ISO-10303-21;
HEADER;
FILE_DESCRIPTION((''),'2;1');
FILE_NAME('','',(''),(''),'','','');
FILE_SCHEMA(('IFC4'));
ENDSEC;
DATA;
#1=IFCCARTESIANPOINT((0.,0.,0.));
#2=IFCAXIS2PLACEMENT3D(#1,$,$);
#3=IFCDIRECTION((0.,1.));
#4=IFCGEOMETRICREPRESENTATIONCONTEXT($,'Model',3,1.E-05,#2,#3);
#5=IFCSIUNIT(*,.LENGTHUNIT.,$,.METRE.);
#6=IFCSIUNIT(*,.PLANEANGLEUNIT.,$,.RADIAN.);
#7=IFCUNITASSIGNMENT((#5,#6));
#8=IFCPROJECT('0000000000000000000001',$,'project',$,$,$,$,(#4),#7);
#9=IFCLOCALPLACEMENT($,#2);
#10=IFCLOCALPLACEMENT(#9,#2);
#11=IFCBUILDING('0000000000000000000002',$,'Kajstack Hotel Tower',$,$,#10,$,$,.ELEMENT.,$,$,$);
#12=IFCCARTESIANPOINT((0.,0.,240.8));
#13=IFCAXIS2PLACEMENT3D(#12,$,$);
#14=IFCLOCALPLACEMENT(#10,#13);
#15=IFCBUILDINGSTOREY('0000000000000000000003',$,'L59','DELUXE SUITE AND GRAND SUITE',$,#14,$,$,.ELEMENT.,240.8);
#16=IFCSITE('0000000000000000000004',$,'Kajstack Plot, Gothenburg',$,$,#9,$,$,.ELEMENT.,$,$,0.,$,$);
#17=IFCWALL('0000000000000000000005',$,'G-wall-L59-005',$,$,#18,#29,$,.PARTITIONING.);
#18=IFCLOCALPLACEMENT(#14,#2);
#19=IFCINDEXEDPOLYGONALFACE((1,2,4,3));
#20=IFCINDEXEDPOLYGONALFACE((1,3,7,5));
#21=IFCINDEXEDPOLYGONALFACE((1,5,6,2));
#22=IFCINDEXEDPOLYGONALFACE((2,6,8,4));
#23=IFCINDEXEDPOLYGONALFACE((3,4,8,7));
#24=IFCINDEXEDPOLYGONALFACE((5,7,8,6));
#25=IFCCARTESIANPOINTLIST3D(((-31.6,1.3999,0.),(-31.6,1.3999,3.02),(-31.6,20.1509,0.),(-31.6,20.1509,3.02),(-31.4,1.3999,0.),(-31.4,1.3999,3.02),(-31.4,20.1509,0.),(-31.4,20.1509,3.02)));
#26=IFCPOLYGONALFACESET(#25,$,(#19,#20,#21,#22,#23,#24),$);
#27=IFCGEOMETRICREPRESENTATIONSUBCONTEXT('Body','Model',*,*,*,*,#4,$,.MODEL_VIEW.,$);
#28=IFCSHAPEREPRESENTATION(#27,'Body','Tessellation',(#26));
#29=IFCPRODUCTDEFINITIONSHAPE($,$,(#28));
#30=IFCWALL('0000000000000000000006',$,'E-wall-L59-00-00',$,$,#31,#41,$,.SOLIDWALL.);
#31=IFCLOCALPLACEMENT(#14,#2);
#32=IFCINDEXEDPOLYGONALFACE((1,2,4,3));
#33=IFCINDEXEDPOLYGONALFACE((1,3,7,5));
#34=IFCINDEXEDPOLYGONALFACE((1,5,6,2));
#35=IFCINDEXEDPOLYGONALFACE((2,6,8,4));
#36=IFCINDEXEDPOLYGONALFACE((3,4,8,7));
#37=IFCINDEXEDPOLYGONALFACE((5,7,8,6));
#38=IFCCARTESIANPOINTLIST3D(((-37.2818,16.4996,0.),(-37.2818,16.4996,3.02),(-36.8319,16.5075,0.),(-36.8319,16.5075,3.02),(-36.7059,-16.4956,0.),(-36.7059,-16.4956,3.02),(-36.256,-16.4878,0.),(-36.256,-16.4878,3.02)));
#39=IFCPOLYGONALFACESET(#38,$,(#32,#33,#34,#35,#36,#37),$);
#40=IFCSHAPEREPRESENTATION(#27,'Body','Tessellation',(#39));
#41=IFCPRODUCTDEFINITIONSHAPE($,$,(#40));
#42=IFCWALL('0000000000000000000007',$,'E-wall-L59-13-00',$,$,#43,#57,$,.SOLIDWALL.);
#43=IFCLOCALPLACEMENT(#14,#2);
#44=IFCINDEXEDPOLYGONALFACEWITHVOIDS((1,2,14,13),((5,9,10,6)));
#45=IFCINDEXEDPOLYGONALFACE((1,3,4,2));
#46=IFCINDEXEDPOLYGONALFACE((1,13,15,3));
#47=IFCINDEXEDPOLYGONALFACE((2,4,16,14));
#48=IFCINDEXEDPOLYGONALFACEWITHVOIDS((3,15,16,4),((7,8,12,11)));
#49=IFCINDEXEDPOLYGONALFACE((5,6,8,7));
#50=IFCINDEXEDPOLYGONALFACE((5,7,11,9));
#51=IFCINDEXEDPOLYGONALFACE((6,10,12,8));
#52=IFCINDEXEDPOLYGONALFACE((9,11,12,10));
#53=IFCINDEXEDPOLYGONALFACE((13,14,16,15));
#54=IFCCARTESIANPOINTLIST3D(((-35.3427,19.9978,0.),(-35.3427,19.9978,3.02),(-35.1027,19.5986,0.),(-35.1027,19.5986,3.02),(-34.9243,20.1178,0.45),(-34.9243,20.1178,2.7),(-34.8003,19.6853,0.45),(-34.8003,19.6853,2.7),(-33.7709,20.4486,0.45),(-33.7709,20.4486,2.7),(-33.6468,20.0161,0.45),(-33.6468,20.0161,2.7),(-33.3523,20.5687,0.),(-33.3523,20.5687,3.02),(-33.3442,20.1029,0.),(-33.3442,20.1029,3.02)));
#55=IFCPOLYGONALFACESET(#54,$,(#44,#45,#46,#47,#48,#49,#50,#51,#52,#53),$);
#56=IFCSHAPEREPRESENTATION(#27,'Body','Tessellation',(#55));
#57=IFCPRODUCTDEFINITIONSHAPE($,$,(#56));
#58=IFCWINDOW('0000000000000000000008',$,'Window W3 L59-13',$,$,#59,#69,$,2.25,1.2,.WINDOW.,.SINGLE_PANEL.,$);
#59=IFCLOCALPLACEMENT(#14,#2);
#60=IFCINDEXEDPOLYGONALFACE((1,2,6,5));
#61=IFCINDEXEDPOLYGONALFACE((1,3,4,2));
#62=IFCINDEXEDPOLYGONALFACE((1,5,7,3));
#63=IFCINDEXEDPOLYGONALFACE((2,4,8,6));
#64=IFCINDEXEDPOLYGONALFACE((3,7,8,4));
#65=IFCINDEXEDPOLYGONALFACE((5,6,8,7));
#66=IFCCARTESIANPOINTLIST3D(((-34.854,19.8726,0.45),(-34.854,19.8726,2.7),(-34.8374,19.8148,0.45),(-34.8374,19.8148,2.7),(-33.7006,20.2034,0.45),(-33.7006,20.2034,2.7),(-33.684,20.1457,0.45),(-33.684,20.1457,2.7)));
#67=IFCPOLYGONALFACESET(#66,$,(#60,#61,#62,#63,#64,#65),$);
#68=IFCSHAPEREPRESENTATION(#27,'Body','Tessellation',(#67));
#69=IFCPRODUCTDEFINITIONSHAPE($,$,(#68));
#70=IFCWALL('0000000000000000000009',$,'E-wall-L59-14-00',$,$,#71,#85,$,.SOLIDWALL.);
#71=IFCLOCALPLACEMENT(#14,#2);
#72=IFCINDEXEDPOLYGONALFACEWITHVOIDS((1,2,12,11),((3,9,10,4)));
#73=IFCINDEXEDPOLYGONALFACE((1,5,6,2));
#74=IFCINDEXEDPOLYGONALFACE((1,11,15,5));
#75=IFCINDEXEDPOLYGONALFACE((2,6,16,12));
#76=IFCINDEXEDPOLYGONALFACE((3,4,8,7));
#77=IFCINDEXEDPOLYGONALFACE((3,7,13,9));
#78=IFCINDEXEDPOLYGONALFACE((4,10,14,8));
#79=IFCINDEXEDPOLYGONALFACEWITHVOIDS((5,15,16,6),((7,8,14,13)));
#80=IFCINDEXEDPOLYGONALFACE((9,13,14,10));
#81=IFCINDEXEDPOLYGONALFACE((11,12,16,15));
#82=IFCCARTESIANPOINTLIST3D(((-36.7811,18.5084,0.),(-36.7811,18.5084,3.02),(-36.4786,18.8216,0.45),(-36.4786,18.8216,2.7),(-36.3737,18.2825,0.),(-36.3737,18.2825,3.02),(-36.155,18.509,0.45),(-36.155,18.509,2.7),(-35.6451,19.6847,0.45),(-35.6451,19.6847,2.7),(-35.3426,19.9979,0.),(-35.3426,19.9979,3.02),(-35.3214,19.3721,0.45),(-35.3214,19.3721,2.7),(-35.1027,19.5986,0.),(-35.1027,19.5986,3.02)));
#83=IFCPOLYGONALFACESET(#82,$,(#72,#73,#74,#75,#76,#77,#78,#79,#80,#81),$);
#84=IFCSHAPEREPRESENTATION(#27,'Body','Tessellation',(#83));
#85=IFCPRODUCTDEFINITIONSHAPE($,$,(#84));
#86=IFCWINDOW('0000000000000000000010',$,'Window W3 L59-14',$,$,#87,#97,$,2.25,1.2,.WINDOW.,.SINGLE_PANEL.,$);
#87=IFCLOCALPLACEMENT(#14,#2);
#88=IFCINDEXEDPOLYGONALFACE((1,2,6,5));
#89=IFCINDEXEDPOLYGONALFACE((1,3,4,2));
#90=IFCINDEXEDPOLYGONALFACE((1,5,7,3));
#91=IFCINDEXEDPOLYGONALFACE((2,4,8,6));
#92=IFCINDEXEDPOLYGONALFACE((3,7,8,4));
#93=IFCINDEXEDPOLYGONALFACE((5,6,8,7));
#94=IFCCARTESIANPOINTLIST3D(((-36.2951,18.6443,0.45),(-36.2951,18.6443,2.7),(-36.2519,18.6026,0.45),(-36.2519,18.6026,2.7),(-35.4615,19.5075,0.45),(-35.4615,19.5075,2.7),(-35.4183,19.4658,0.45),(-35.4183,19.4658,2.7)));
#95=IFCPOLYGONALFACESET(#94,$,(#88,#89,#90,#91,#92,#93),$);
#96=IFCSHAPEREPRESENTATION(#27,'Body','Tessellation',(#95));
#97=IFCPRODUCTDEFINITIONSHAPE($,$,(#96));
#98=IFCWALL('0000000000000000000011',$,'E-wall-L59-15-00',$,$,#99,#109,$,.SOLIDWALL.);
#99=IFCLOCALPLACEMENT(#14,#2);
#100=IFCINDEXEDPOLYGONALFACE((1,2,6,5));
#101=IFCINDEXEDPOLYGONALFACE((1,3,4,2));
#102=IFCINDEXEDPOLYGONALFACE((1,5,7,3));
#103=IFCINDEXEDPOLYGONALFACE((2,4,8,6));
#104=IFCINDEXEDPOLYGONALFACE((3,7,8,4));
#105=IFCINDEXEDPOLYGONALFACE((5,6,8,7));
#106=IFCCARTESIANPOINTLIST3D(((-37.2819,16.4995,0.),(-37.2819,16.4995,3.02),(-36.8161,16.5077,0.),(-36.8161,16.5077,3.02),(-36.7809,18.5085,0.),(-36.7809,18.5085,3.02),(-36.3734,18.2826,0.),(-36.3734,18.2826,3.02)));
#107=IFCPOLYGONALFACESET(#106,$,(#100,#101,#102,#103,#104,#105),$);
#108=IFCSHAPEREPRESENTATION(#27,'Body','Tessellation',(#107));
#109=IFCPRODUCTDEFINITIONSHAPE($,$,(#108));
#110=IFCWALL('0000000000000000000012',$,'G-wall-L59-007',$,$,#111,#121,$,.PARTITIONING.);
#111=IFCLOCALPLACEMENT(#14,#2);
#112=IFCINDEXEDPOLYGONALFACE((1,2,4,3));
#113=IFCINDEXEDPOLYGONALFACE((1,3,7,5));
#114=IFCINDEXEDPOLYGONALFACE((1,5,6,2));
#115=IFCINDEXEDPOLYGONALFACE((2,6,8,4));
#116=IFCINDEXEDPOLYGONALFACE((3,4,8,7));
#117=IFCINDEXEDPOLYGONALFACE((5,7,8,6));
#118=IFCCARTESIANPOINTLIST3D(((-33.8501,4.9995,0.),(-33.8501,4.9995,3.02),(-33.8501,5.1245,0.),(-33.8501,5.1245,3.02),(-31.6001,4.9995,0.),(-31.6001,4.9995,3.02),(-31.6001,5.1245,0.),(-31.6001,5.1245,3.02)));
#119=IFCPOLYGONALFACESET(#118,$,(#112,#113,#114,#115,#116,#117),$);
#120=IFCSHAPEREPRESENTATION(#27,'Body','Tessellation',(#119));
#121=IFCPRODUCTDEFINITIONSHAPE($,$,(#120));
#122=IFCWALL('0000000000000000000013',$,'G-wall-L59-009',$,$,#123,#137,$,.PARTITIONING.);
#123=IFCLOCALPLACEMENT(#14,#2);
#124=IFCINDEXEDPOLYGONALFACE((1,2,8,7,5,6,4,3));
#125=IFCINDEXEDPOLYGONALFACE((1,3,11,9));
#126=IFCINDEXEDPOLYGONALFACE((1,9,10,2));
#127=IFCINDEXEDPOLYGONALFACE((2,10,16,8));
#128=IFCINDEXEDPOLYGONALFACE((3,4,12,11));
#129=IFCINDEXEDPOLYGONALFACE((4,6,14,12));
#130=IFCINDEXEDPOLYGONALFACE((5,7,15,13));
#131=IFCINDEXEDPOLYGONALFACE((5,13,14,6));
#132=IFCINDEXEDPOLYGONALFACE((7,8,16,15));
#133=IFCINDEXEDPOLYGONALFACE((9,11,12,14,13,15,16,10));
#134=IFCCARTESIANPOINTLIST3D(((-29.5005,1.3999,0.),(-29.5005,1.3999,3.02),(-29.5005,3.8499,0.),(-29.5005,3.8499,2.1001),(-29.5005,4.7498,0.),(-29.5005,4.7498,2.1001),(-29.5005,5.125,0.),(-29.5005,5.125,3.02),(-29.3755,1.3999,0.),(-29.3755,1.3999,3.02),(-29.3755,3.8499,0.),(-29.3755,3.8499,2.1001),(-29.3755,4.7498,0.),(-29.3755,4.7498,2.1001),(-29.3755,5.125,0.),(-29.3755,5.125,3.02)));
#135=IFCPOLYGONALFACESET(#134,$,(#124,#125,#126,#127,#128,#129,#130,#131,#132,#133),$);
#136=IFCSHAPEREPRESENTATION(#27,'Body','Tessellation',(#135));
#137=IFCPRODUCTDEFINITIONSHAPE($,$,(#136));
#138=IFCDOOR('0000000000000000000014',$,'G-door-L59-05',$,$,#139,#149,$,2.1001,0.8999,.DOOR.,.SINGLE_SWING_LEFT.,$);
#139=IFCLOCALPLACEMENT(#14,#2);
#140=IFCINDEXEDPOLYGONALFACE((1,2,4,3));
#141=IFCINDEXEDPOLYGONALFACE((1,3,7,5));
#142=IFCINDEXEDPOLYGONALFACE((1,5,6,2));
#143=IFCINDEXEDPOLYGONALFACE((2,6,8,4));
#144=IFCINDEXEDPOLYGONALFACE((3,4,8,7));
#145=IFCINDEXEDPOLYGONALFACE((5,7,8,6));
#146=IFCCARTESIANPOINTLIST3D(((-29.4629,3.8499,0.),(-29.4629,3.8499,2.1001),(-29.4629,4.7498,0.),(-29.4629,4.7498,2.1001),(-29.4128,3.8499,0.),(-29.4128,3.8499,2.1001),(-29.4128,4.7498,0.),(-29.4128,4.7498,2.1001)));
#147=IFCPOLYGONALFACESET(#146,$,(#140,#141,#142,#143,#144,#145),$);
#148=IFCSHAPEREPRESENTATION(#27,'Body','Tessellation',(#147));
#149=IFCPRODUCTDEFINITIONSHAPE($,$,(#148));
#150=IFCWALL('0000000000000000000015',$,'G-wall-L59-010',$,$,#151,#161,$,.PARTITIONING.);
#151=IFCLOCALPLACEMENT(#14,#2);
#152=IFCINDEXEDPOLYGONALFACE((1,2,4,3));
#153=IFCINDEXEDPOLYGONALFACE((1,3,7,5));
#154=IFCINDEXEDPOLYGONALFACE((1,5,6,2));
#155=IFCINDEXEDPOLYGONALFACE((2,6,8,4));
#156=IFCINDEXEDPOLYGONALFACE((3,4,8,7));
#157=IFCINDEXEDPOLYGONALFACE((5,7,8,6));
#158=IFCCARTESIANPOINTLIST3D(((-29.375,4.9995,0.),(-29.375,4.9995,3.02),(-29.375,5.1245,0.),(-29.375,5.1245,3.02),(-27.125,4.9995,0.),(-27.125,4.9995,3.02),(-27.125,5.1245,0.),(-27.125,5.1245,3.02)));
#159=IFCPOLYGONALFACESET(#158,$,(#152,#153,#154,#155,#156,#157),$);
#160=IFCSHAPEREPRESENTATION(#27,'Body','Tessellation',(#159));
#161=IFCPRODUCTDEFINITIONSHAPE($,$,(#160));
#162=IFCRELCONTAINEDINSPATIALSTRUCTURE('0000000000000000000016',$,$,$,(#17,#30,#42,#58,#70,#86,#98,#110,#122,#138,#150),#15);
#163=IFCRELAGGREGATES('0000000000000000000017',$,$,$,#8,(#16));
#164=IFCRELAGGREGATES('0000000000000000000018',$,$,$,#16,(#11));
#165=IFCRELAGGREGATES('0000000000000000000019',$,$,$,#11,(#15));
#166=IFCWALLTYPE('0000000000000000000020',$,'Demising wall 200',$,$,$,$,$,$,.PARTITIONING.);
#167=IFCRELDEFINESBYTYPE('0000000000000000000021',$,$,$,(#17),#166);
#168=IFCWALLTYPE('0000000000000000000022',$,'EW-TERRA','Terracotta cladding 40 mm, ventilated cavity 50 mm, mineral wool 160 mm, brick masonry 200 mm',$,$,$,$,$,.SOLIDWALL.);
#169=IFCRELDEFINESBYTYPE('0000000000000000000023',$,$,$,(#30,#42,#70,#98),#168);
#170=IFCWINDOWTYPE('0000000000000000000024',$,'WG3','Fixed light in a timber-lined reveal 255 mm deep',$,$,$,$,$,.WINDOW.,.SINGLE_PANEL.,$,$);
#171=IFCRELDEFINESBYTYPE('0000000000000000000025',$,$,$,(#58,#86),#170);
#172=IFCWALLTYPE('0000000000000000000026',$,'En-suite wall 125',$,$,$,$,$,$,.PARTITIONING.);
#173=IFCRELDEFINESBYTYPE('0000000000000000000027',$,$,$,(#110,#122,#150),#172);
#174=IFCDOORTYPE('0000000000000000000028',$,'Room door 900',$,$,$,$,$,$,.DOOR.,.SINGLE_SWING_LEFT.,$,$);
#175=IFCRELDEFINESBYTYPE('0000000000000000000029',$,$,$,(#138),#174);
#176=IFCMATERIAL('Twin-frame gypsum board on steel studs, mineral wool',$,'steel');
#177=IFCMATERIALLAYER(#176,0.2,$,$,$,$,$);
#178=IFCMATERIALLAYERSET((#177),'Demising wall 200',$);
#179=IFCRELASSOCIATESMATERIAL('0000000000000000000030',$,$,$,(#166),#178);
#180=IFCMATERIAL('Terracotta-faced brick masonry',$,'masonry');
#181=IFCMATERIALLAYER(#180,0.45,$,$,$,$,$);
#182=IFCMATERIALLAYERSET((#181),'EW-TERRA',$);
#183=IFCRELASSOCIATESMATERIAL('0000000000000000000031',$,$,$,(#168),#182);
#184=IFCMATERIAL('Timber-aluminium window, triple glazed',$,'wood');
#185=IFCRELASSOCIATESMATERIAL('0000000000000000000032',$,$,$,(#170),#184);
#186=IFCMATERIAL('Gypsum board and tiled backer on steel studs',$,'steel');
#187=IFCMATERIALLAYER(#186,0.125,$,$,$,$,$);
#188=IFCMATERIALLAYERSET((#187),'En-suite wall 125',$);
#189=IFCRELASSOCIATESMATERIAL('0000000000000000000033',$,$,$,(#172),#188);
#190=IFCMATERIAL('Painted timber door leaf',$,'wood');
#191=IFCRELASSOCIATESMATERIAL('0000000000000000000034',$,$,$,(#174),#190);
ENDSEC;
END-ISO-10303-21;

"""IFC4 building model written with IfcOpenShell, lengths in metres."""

from ifc_helpers import new_model, si_unit, direction, frame, frame_2d, origin, place, context, subcontext, project, spatial, polyline, rectangle, outline, extrude, material, layer, layer_set, type_object, element, fill, save


model = new_model("IFC4")

# Units and contexts
model_context = context("Model", 3, precision=1e-05, world=origin(), true_north=direction((0.0, 1.0)))
body_context = subcontext(model_context, "Body", "Model", "MODEL_VIEW")
ifc_project = project(units=[si_unit("LENGTHUNIT", "METRE"), si_unit("PLANEANGLEUNIT", "RADIAN")], contexts=[model_context])

# Site, building, storey
site_placement = place(None, origin())
site = spatial("IfcSite", under=ifc_project, at=site_placement, Name="Kajstack Plot, Gothenburg", CompositionType="ELEMENT", RefElevation=0.0)
building_placement = place(site_placement, origin())
building = spatial("IfcBuilding", under=site, at=building_placement, Name="Kajstack Hotel Tower", CompositionType="ELEMENT")
storey_placement = place(building_placement, frame((0.0, 0.0, 240.8)))
storey = spatial("IfcBuildingStorey", under=building, at=storey_placement, Name="L59", Description="DELUXE SUITE AND GRAND SUITE", CompositionType="ELEMENT", Elevation=240.8)

# Walls
ifc_material_1 = material(Name="Twin-frame gypsum board on steel studs, mineral wool", Category="steel")
ifc_layer_1 = layer(ifc_material_1, 0.2)
ifc_layer_set_1 = layer_set([ifc_layer_1], Name="Demising wall 200")
wall_type_1 = type_object("IfcWallType", Name="Demising wall 200", PredefinedType="PARTITIONING", material=ifc_layer_set_1)
wall_1_placement = place(storey_placement, frame((-31.5, 1.3999, 0.0), z_axis=(0.0, 0.0, 1.0), x_axis=(0.0, 1.0, 0.0)))
element("IfcWall", 1, at=wall_1_placement, inside=storey, type_object=wall_type_1, Name="G-wall-L59-005", PredefinedType="PARTITIONING", context=body_context, shape_type="SweptSolid", body=[
    extrude(rectangle(XDim=18.751, YDim=0.2, at=frame_2d((9.3755, 0.0))), origin(), (0.0, 0.0, 1.0), 3.02),
])
ifc_material_2 = material(Name="Terracotta-faced brick masonry", Category="masonry")
ifc_layer_2 = layer(ifc_material_2, 0.45)
ifc_layer_set_2 = layer_set([ifc_layer_2], Name="EW-TERRA")
wall_type_2 = type_object("IfcWallType", Name="EW-TERRA", Description="Terracotta cladding 40 mm, ventilated cavity 50 mm, mineral wool 160 mm, brick masonry 200 mm", PredefinedType="SOLIDWALL", material=ifc_layer_set_2)
wall_2_placement = place(storey_placement, frame((-37.0569, 16.5034, 0.0), z_axis=(0.0, 0.0, 1.0), x_axis=(0.017452, -0.999848, 0.0)))
element("IfcWall", 2, at=wall_2_placement, inside=storey, type_object=wall_type_2, Name="E-wall-L59-00-00", PredefinedType="SOLIDWALL", context=body_context, shape_type="SweptSolid", body=[
    extrude(rectangle(XDim=33.0002, YDim=0.45, at=frame_2d((16.5, 0.0))), origin(), (0.0, 0.0, 1.0), 3.02),
])

# Walls, openings, windows
wall_3_placement = place(storey_placement, frame((-33.2903, 20.3523, 0.0), z_axis=(0.0, 0.0, 1.0), x_axis=(-0.961248, -0.275687, 0.0)))
wall_3 = element("IfcWall", 3, at=wall_3_placement, inside=storey, type_object=wall_type_2, Name="E-wall-L59-13-00", PredefinedType="SOLIDWALL", context=body_context, shape_type="SweptSolid", body=[
    extrude(outline(polyline([(0.0, -0.2251), (2.0706, -0.2251), (1.95, 0.2249), (0.1206, 0.2249), (0.0, -0.2251)])), origin(), (0.0, 0.0, 1.0), 3.02),
])
opening_1_placement = place(wall_3_placement, frame((0.4353, 0.0, 0.45)))
opening_1 = element("IfcOpeningElement", 4, at=opening_1_placement, cuts=wall_3, PredefinedType="OPENING", context=body_context, shape_type="SweptSolid", body=[
    extrude(rectangle(XDim=1.2, YDim=2.25, at=frame_2d((0.6001, 1.125))), frame((0.0, 0.2349, 0.0), z_axis=(0.0, -1.0, 0.0), x_axis=(1.0, 0.0, 0.0)), (0.0, 0.0, 1.0), 0.47),
])
ifc_material_3 = material(Name="Timber-aluminium window, triple glazed", Category="wood")
window_type = type_object("IfcWindowType", Name="WG3", Description="Fixed light in a timber-lined reveal 255 mm deep", PartitioningType="SINGLE_PANEL", PredefinedType="WINDOW", material=ifc_material_3)
window_1_placement = place(opening_1_placement, origin())
window_1 = element("IfcWindow", 5, at=window_1_placement, inside=storey, type_object=window_type, Name="Window W3 L59-13", OverallHeight=2.25, OverallWidth=1.2, PartitioningType="SINGLE_PANEL", PredefinedType="WINDOW", context=body_context, shape_type="SweptSolid", body=[
    extrude(rectangle(XDim=1.2, YDim=2.25, at=frame_2d((0.6001, 1.125))), frame((0.0, 0.0901, 0.0), z_axis=(0.0, -1.0, 0.0), x_axis=(1.0, 0.0, 0.0)), (0.0, 0.0, 1.0), 0.0601),
])
fill(opening_1, window_1)
wall_4_placement = place(storey_placement, frame((-35.1807, 19.8416, 0.0), z_axis=(0.0, 0.0, 1.0), x_axis=(-0.694679, -0.71932, 0.0)))
wall_4 = element("IfcWall", 6, at=wall_4_placement, inside=storey, type_object=wall_type_2, Name="E-wall-L59-14-00", PredefinedType="SOLIDWALL", context=body_context, shape_type="SweptSolid", body=[
    extrude(outline(polyline([(0.0, -0.2251), (2.0708, -0.2251), (1.9502, 0.2249), (0.1206, 0.2249), (0.0, -0.2251)])), origin(), (0.0, 0.0, 1.0), 3.02),
])
opening_2_placement = place(wall_4_placement, frame((0.4353, 0.0, 0.45)))
opening_2 = element("IfcOpeningElement", 7, at=opening_2_placement, cuts=wall_4, PredefinedType="OPENING", context=body_context, shape_type="SweptSolid", body=[
    extrude(rectangle(XDim=1.2, YDim=2.25, at=frame_2d((0.6001, 1.125))), frame((0.0, 0.2349, 0.0), z_axis=(0.0, -1.0, 0.0), x_axis=(1.0, 0.0, 0.0)), (0.0, 0.0, 1.0), 0.47),
])
window_2_placement = place(opening_2_placement, origin())
window_2 = element("IfcWindow", 8, at=window_2_placement, inside=storey, type_object=window_type, Name="Window W3 L59-14", OverallHeight=2.25, OverallWidth=1.2, PartitioningType="SINGLE_PANEL", PredefinedType="WINDOW", context=body_context, shape_type="SweptSolid", body=[
    extrude(rectangle(XDim=1.2, YDim=2.25, at=frame_2d((0.6001, 1.125))), frame((0.0, 0.0901, 0.0), z_axis=(0.0, -1.0, 0.0), x_axis=(1.0, 0.0, 0.0)), (0.0, 0.0, 1.0), 0.0601),
])
fill(opening_2, window_2)

# Walls
wall_5_placement = place(storey_placement, frame((-36.5627, 18.4539, 0.0), z_axis=(0.0, 0.0, 1.0), x_axis=(-0.24187, -0.970309, 0.0)))
element("IfcWall", 9, at=wall_5_placement, inside=storey, type_object=wall_type_2, Name="E-wall-L59-15-00", PredefinedType="SOLIDWALL", context=body_context, shape_type="SweptSolid", body=[
    extrude(outline(polyline([(-0.0002, -0.2249), (2.0703, -0.2251), (1.9497, 0.2249), (0.1204, 0.2251), (-0.0002, -0.2249)])), origin(), (0.0, 0.0, 1.0), 3.02),
])
ifc_material_4 = material(Name="Gypsum board and tiled backer on steel studs", Category="steel")
ifc_layer_3 = layer(ifc_material_4, 0.125)
ifc_layer_set_3 = layer_set([ifc_layer_3], Name="En-suite wall 125")
wall_type_3 = type_object("IfcWallType", Name="En-suite wall 125", PredefinedType="PARTITIONING", material=ifc_layer_set_3)
wall_6_placement = place(storey_placement, frame((-33.8501, 5.062, 0.0), z_axis=(0.0, 0.0, 1.0), x_axis=(1.0, 0.0, 0.0)))
element("IfcWall", 10, at=wall_6_placement, inside=storey, type_object=wall_type_3, Name="G-wall-L59-007", PredefinedType="PARTITIONING", context=body_context, shape_type="SweptSolid", body=[
    extrude(rectangle(XDim=2.25, YDim=0.125, at=frame_2d((1.125, 0.0))), origin(), (0.0, 0.0, 1.0), 3.02),
])

# Wall, opening, door
wall_7_placement = place(storey_placement, frame((-29.438, 1.3999, 0.0), z_axis=(0.0, 0.0, 1.0), x_axis=(0.0, 1.0, 0.0)))
wall_7 = element("IfcWall", 11, at=wall_7_placement, inside=storey, type_object=wall_type_3, Name="G-wall-L59-009", PredefinedType="PARTITIONING", context=body_context, shape_type="SweptSolid", body=[
    extrude(rectangle(XDim=3.7251, YDim=0.125, at=frame_2d((1.8625, 0.0))), origin(), (0.0, 0.0, 1.0), 3.02),
])
opening_3_placement = place(wall_7_placement, frame((2.45, 0.0, 0.0)))
opening_3 = element("IfcOpeningElement", 12, at=opening_3_placement, cuts=wall_7, PredefinedType="OPENING", context=body_context, shape_type="SweptSolid", body=[
    extrude(rectangle(XDim=0.8999, YDim=2.1001, at=frame_2d((0.45, 1.05))), frame((0.0, 0.0725, 0.0), z_axis=(0.0, -1.0, 0.0), x_axis=(1.0, 0.0, 0.0)), (0.0, 0.0, 1.0), 0.145),
])
ifc_material_5 = material(Name="Painted timber door leaf", Category="wood")
door_type_1 = type_object("IfcDoorType", Name="Room door 900", OperationType="SINGLE_SWING_LEFT", PredefinedType="DOOR", material=ifc_material_5)
door_1_placement = place(opening_3_placement, origin())
door_1 = element("IfcDoor", 13, at=door_1_placement, inside=storey, type_object=door_type_1, Name="G-door-L59-05", OperationType="SINGLE_SWING_LEFT", OverallHeight=2.1001, OverallWidth=0.8999, PredefinedType="DOOR", context=body_context, shape_type="SweptSolid", body=[
    extrude(rectangle(XDim=0.8999, YDim=2.1001, at=frame_2d((0.45, 1.05))), frame((0.0, 0.0249, 0.0), z_axis=(0.0, -1.0, 0.0), x_axis=(1.0, 0.0, 0.0)), (0.0, 0.0, 1.0), 0.05),
])
fill(opening_3, door_1)

# Wall
wall_8_placement = place(storey_placement, frame((-29.375, 5.062, 0.0), z_axis=(0.0, 0.0, 1.0), x_axis=(1.0, 0.0, 0.0)))
element("IfcWall", 14, at=wall_8_placement, inside=storey, type_object=wall_type_3, Name="G-wall-L59-010", PredefinedType="PARTITIONING", context=body_context, shape_type="SweptSolid", body=[
    extrude(rectangle(XDim=2.25, YDim=0.125, at=frame_2d((1.125, 0.0))), origin(), (0.0, 0.0, 1.0), 3.02),
])

save(model, "model.ifc")
